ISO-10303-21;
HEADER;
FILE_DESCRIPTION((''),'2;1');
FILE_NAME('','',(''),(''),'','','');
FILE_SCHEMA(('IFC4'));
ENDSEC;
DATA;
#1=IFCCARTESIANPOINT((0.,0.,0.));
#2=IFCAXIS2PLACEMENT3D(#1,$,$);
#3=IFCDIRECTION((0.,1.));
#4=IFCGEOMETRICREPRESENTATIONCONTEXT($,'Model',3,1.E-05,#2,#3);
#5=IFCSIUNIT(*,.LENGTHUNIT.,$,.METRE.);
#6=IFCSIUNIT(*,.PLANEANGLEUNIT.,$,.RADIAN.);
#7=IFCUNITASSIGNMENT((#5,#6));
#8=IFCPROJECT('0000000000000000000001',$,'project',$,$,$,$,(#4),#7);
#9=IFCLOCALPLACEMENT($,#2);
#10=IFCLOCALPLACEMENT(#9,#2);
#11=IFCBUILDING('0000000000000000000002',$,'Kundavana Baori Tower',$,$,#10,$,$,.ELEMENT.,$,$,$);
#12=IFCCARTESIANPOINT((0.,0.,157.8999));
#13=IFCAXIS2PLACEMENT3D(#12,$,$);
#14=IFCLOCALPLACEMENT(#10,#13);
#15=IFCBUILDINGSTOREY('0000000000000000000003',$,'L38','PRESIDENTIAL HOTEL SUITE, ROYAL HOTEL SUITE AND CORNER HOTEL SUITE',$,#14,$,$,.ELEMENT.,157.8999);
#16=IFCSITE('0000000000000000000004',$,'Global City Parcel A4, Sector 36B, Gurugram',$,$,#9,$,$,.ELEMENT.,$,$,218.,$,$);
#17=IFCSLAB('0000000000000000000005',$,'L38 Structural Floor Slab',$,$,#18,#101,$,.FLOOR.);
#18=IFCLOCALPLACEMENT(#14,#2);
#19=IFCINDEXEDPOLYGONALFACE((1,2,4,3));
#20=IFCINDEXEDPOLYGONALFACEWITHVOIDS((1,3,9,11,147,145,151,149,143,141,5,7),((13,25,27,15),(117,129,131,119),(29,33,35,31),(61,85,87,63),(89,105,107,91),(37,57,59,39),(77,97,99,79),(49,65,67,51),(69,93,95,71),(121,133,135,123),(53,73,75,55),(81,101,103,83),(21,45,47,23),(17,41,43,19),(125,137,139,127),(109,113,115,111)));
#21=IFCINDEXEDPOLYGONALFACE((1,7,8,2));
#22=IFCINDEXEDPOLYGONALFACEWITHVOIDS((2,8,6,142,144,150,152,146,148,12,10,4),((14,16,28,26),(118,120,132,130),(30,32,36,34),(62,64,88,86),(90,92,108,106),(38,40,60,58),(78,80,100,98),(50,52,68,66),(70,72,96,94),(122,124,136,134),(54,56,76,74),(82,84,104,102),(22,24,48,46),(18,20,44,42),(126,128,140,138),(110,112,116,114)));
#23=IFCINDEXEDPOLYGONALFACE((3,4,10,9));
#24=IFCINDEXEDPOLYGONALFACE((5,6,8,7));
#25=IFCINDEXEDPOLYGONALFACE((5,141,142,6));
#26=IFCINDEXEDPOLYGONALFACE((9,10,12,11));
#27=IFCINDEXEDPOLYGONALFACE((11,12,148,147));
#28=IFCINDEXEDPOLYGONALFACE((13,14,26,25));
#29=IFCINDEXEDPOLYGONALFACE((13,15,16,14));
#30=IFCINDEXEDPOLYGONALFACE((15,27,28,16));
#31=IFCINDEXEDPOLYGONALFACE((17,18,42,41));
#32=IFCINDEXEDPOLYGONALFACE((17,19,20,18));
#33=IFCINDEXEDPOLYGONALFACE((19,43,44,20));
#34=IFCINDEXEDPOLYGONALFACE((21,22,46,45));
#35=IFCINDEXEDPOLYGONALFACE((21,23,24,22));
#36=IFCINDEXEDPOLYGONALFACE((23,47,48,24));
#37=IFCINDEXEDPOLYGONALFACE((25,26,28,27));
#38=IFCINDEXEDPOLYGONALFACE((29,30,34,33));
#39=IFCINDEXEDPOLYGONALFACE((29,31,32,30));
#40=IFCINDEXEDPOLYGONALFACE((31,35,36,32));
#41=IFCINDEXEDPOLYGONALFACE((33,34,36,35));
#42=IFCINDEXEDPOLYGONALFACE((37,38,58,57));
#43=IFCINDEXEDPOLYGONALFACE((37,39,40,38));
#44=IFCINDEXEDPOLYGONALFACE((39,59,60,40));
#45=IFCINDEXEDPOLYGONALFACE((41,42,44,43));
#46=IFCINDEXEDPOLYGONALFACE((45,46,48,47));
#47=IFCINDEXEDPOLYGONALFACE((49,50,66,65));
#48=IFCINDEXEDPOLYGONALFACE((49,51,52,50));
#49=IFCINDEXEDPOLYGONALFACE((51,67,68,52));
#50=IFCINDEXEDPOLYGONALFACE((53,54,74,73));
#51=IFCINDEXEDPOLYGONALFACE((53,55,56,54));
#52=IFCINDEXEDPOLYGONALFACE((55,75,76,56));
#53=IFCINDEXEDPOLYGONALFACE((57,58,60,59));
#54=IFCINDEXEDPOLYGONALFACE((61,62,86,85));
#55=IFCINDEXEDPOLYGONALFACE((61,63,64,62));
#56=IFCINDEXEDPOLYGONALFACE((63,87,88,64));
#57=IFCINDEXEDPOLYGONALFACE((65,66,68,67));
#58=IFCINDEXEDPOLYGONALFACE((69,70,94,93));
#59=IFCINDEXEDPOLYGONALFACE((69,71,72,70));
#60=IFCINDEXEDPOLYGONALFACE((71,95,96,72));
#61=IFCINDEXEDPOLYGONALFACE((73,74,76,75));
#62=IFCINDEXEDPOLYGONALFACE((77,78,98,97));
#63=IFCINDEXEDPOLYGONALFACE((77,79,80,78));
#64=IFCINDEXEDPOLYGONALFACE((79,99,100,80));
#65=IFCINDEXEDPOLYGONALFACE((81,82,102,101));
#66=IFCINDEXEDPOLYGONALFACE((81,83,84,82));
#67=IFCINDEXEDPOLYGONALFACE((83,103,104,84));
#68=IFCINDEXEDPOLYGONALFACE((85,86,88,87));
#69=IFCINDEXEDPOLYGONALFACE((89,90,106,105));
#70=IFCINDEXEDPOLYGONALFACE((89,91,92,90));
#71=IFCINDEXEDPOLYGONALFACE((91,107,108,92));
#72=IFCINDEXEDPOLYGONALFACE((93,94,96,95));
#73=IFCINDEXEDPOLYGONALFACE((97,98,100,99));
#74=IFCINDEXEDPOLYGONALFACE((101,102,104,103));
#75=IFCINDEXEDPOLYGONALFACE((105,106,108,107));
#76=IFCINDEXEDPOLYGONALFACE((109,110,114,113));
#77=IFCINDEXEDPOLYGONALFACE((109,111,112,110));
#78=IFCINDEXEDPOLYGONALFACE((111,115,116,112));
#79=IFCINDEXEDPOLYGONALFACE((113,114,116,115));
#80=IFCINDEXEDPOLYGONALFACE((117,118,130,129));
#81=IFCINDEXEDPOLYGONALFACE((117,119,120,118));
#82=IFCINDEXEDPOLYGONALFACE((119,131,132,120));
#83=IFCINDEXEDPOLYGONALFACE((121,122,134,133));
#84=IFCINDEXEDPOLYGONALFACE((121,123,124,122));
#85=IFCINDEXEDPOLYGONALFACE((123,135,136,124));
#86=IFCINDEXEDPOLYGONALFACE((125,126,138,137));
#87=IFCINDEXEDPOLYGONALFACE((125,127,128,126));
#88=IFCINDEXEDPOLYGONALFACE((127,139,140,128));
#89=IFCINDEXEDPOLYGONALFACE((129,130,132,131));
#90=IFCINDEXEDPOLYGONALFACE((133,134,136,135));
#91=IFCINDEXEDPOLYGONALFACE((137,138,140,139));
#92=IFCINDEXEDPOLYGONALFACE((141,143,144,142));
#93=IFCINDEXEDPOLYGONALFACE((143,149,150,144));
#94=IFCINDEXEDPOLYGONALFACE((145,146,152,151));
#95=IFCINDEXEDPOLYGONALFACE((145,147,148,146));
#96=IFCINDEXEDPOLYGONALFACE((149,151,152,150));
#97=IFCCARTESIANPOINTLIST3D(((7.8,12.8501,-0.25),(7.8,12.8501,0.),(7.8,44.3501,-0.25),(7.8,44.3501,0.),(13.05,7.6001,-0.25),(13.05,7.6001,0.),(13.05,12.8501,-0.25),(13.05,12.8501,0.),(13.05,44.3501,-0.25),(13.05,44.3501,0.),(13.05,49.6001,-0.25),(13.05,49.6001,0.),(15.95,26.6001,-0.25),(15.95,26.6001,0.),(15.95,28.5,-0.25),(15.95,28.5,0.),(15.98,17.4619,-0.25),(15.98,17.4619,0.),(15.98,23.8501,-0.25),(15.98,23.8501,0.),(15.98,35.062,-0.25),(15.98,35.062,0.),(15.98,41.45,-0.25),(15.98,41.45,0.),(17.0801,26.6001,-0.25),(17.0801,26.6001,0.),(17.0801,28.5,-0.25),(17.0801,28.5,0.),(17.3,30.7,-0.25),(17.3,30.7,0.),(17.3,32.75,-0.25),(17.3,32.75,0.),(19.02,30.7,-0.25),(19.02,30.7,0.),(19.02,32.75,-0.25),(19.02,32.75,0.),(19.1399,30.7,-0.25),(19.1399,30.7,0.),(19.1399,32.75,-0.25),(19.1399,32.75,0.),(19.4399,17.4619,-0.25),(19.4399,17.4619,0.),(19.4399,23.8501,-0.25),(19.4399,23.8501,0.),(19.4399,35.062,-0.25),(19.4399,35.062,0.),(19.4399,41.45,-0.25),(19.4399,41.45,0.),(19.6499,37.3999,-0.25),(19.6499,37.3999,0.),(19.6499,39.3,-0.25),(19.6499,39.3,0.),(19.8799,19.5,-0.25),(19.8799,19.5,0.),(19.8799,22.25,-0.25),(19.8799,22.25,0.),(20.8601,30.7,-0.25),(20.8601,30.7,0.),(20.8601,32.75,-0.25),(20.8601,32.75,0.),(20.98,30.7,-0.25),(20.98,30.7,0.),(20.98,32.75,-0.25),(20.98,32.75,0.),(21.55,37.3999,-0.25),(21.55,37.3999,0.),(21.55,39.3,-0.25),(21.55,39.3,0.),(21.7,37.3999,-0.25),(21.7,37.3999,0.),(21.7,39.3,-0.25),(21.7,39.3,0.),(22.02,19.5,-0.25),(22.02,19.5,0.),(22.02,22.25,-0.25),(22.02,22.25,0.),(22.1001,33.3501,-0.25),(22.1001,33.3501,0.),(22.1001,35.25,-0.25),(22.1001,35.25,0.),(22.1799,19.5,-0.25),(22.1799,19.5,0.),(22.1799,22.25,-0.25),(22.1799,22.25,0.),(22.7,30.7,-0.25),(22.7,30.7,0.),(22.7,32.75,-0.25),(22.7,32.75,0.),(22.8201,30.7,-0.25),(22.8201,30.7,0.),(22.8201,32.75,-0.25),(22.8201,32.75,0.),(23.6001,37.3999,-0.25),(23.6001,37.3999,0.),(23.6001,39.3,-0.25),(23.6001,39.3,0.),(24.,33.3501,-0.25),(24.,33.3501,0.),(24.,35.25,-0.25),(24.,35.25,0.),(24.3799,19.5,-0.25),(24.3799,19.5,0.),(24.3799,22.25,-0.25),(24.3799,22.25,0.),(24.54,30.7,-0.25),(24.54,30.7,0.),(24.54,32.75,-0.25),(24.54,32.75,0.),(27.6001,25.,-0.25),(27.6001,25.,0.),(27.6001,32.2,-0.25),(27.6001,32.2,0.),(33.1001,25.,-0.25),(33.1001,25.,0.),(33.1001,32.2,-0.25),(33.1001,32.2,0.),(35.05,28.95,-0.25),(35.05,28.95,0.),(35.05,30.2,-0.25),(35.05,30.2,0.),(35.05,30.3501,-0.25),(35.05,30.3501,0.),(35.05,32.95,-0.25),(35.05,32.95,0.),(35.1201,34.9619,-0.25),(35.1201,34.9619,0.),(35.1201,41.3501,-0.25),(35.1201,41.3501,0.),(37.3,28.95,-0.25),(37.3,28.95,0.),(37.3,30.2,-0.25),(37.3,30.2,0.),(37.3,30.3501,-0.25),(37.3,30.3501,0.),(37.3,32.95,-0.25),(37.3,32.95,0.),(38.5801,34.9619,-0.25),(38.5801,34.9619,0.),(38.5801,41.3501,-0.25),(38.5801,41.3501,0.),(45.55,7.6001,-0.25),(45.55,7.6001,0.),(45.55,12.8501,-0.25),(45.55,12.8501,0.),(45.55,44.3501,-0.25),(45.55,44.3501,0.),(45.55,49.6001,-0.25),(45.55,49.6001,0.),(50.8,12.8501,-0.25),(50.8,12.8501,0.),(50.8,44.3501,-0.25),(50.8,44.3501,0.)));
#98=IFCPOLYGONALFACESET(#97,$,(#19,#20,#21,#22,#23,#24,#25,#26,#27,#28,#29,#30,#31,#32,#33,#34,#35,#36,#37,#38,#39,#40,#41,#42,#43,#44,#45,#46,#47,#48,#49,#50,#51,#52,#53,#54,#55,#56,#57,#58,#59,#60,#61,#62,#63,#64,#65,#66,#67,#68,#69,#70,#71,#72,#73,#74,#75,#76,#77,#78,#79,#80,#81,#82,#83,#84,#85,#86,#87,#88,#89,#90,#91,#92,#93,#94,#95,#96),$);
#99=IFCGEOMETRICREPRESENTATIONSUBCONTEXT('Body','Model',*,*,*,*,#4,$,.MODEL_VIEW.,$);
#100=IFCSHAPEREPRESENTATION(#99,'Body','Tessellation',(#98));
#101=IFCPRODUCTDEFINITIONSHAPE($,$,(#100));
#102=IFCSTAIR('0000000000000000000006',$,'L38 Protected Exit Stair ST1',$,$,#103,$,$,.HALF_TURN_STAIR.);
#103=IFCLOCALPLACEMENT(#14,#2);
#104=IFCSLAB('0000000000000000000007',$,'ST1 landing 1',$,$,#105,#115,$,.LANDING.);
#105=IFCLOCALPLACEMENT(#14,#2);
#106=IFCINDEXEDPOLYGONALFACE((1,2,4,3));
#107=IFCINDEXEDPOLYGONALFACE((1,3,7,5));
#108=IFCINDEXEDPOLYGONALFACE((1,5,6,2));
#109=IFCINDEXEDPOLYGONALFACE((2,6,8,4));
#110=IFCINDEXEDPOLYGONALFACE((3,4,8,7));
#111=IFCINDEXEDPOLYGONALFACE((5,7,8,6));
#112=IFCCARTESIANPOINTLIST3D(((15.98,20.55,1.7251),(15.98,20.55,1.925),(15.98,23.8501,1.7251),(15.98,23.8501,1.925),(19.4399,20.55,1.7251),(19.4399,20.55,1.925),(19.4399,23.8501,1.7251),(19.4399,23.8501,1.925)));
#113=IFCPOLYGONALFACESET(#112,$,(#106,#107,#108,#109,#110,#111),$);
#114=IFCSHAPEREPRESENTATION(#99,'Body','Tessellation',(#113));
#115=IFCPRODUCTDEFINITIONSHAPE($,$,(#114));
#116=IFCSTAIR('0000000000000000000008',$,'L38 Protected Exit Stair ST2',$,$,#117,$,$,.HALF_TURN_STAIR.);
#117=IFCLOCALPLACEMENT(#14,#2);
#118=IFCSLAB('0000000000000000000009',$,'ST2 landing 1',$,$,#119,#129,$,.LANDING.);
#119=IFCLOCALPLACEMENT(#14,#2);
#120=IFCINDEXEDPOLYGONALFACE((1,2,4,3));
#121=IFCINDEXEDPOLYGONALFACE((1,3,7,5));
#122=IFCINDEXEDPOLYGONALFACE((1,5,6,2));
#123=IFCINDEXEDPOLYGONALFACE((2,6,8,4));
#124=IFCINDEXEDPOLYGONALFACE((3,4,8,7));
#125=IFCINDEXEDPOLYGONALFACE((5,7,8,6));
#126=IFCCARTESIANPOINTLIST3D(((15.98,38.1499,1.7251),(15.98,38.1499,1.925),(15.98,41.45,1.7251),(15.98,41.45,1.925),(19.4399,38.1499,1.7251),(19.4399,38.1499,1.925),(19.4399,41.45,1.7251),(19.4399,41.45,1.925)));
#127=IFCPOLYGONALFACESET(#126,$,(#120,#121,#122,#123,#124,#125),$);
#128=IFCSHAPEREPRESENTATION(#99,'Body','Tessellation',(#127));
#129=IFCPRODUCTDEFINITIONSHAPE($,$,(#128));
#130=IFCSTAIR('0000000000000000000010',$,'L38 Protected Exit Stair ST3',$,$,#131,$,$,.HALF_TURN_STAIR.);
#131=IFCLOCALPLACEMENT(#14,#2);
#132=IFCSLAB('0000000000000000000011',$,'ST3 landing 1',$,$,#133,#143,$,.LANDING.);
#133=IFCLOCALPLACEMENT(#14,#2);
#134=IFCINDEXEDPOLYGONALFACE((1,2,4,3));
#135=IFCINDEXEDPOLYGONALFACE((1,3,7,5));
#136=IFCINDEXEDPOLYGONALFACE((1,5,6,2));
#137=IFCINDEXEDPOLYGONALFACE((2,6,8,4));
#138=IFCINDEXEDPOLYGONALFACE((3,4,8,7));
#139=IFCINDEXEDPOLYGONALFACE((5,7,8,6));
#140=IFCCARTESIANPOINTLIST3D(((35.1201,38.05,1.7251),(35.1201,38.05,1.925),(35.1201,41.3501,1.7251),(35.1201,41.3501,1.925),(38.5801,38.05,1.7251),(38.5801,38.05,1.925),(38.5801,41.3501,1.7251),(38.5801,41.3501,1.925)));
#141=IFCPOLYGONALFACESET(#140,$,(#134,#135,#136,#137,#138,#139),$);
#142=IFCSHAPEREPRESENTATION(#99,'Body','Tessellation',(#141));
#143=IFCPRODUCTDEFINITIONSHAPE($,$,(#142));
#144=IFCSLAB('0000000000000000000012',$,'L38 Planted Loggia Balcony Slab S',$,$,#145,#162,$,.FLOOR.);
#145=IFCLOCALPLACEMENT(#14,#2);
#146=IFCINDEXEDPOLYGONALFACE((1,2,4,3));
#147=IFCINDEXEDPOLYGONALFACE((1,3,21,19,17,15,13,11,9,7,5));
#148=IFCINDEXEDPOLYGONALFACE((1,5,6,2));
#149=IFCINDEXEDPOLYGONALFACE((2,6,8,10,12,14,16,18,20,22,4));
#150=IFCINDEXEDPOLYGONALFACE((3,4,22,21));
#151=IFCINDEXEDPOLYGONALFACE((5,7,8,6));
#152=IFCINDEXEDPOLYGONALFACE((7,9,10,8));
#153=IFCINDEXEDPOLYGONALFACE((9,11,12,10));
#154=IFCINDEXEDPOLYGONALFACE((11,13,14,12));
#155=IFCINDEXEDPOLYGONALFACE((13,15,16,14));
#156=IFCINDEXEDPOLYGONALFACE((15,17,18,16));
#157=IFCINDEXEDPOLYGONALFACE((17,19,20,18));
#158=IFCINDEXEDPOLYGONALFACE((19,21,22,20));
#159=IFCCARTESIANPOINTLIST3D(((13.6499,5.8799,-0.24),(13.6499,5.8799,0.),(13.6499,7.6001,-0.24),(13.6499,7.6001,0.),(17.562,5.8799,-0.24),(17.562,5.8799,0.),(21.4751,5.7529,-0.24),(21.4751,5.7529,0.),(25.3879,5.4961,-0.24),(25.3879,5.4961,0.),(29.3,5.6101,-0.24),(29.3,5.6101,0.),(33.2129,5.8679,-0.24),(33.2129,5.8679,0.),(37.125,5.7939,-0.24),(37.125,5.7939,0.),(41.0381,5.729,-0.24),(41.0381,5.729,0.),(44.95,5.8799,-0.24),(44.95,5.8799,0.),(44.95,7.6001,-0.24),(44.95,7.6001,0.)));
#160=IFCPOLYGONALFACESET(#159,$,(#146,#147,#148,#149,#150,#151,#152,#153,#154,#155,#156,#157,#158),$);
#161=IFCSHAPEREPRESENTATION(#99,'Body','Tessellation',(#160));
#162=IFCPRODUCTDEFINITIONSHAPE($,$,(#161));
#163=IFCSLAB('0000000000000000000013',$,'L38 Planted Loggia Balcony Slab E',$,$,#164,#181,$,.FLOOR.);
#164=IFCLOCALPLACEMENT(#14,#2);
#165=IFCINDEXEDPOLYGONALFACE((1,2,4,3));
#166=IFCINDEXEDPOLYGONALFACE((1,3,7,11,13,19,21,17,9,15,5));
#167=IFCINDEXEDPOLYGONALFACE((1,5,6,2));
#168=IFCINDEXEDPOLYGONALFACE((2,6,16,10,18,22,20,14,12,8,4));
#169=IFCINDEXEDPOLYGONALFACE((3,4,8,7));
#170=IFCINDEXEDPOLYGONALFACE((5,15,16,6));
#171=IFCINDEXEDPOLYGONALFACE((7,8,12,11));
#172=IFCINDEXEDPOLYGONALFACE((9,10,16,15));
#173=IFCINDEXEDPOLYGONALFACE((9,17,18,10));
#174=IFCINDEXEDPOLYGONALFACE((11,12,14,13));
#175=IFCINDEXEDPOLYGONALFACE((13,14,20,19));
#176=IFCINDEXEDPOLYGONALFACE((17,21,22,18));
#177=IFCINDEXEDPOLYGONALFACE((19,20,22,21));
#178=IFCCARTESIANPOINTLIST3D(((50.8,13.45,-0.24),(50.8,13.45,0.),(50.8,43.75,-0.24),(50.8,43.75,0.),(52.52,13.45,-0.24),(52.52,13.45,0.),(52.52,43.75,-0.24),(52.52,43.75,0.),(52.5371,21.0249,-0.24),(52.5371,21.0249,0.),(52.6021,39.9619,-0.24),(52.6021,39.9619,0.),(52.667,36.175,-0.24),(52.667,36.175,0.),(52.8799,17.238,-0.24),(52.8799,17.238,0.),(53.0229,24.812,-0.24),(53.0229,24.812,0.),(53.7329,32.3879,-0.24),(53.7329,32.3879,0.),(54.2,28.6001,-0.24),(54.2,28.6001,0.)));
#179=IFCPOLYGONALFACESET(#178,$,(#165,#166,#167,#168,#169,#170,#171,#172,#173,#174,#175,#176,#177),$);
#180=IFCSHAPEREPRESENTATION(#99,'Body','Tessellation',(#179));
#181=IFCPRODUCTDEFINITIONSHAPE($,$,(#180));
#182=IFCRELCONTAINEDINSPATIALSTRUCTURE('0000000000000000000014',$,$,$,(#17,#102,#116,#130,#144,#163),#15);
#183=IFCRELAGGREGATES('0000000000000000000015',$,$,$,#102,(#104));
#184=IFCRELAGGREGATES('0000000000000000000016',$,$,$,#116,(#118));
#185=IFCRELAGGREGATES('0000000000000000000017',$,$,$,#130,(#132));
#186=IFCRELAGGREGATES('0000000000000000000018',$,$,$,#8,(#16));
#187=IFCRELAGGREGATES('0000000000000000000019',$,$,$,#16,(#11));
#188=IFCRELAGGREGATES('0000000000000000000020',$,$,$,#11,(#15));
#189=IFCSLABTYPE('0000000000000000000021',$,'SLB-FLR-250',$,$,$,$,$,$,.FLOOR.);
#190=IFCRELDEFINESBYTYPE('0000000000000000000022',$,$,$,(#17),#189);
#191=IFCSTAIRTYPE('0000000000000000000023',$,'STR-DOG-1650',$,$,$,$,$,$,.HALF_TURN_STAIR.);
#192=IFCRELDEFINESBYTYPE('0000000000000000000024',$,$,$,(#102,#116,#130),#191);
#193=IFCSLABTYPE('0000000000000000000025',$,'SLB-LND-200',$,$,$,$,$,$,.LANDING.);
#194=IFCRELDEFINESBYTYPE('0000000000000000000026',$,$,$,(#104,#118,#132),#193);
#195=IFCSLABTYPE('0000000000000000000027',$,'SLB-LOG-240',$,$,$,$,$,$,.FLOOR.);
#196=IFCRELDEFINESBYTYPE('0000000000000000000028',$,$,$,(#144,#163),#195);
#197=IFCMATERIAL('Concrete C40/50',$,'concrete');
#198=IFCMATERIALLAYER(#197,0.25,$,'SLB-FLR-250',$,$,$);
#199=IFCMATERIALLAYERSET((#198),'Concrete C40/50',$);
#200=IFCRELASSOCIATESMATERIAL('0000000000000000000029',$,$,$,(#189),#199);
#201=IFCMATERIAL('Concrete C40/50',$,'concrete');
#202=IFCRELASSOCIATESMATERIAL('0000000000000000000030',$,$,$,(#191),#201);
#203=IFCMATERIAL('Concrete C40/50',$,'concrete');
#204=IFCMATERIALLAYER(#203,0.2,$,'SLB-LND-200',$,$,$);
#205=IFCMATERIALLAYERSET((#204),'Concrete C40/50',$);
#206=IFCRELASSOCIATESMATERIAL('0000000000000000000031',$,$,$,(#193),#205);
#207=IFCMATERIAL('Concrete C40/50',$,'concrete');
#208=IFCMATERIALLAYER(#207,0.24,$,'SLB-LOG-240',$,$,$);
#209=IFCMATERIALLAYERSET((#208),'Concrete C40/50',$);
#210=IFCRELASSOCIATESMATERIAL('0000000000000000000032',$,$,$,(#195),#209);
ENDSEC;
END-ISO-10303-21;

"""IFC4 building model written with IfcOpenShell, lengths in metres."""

from ifc_helpers import new_model, si_unit, direction, frame, origin, place, context, subcontext, project, spatial, polyline, outline, extrude, material, layer, layer_set, type_object, element, aggregate, save


model = new_model("IFC4")

# Units and contexts
model_context = context("Model", 3, precision=1e-05, world=origin(), true_north=direction((0.0, 1.0)))
body_context = subcontext(model_context, "Body", "Model", "MODEL_VIEW")
ifc_project = project(units=[si_unit("LENGTHUNIT", "METRE"), si_unit("PLANEANGLEUNIT", "RADIAN")], contexts=[model_context])

# Site, building, storey
site_placement = place(None, origin())
site = spatial("IfcSite", under=ifc_project, at=site_placement, Name="Global City Parcel A4, Sector 36B, Gurugram", CompositionType="ELEMENT", RefElevation=218.0)
building_placement = place(site_placement, origin())
building = spatial("IfcBuilding", under=site, at=building_placement, Name="Kundavana Baori Tower", CompositionType="ELEMENT")
storey_placement = place(building_placement, frame((0.0, 0.0, 157.8999)))
storey = spatial("IfcBuildingStorey", under=building, at=storey_placement, Name="L38", Description="PRESIDENTIAL HOTEL SUITE, ROYAL HOTEL SUITE AND CORNER HOTEL SUITE", CompositionType="ELEMENT", Elevation=157.8999)

# Slab
ifc_material_1 = material(Name="Concrete C40/50", Category="concrete")
ifc_layer_1 = layer(ifc_material_1, 0.25, Name="SLB-FLR-250")
ifc_layer_set_1 = layer_set([ifc_layer_1], Name="Concrete C40/50")
slab_type_1 = type_object("IfcSlabType", Name="SLB-FLR-250", PredefinedType="FLOOR", material=ifc_layer_set_1)
slab_1_placement = place(storey_placement, frame((0.0, 0.0, -0.25)))
element("IfcSlab", 1, at=slab_1_placement, inside=storey, type_object=slab_type_1, Name="L38 Structural Floor Slab", PredefinedType="FLOOR", context=body_context, shape_type="SweptSolid", body=[
    extrude(outline(polyline([(13.05, 7.6001), (45.55, 7.6001), (45.55, 12.8501), (50.8, 12.8501), (50.8, 44.3501), (45.55, 44.3501), (45.55, 49.6001), (13.05, 49.6001), (13.05, 44.3501), (7.8, 44.3501), (7.8, 12.8501), (13.05, 12.8501), (13.05, 7.6001)]), holes=[polyline([(19.4399, 17.4619), (19.4399, 23.8501), (15.98, 23.8501), (15.98, 17.4619), (19.4399, 17.4619)]), polyline([(19.4399, 35.062), (19.4399, 41.45), (15.98, 41.45), (15.98, 35.062), (19.4399, 35.062)]), polyline([(38.5801, 34.9619), (38.5801, 41.3501), (35.1201, 41.3501), (35.1201, 34.9619), (38.5801, 34.9619)]), polyline([(17.3, 30.7), (19.02, 30.7), (19.02, 32.75), (17.3, 32.75), (17.3, 30.7)]), polyline([(19.1399, 30.7), (20.8601, 30.7), (20.8601, 32.75), (19.1399, 32.75), (19.1399, 30.7)]), polyline([(20.98, 30.7), (22.7, 30.7), (22.7, 32.75), (20.98, 32.75), (20.98, 30.7)]), polyline([(22.8201, 30.7), (24.54, 30.7), (24.54, 32.75), (22.8201, 32.75), (22.8201, 30.7)]), polyline([(19.6499, 37.3999), (21.55, 37.3999), (21.55, 39.3), (19.6499, 39.3), (19.6499, 37.3999)]), polyline([(21.7, 37.3999), (23.6001, 37.3999), (23.6001, 39.3), (21.7, 39.3), (21.7, 37.3999)]), polyline([(22.1001, 33.3501), (24.0, 33.3501), (24.0, 35.25), (22.1001, 35.25), (22.1001, 33.3501)]), polyline([(19.8799, 19.5), (22.02, 19.5), (22.02, 22.25), (19.8799, 22.25), (19.8799, 19.5)]), polyline([(22.1799, 19.5), (24.3799, 19.5), (24.3799, 22.25), (22.1799, 22.25), (22.1799, 19.5)]), polyline([(35.05, 30.3501), (37.3, 30.3501), (37.3, 32.95), (35.05, 32.95), (35.05, 30.3501)]), polyline([(15.95, 26.6001), (17.0801, 26.6001), (17.0801, 28.5), (15.95, 28.5), (15.95, 26.6001)]), polyline([(35.05, 28.95), (37.3, 28.95), (37.3, 30.2), (35.05, 30.2), (35.05, 28.95)]), polyline([(27.6001, 25.0), (33.1001, 25.0), (33.1001, 32.2), (27.6001, 32.2), (27.6001, 25.0)])]), origin(), (0.0, 0.0, 1.0), 0.25),
])

# Stairs, slabs
ifc_material_2 = material(Name="Concrete C40/50", Category="concrete")
stair_type = type_object("IfcStairType", Name="STR-DOG-1650", PredefinedType="HALF_TURN_STAIR", material=ifc_material_2)
stair_1_placement = place(storey_placement, origin())
stair_1 = element("IfcStair", 2, at=stair_1_placement, inside=storey, type_object=stair_type, Name="L38 Protected Exit Stair ST1", PredefinedType="HALF_TURN_STAIR")
ifc_material_3 = material(Name="Concrete C40/50", Category="concrete")
ifc_layer_2 = layer(ifc_material_3, 0.2, Name="SLB-LND-200")
ifc_layer_set_2 = layer_set([ifc_layer_2], Name="Concrete C40/50")
slab_type_2 = type_object("IfcSlabType", Name="SLB-LND-200", PredefinedType="LANDING", material=ifc_layer_set_2)
slab_2_placement = place(storey_placement, frame((0.0, 0.0, 1.7251)))
slab_2 = element("IfcSlab", 3, at=slab_2_placement, type_object=slab_type_2, Name="ST1 landing 1", PredefinedType="LANDING", context=body_context, shape_type="SweptSolid", body=[
    extrude(outline(polyline([(19.4399, 20.55), (19.4399, 23.8501), (15.98, 23.8501), (15.98, 20.55), (19.4399, 20.55)])), origin(), (0.0, 0.0, 1.0), 0.2),
])
aggregate(stair_1, [slab_2])
stair_2_placement = place(storey_placement, origin())
stair_2 = element("IfcStair", 4, at=stair_2_placement, inside=storey, type_object=stair_type, Name="L38 Protected Exit Stair ST2", PredefinedType="HALF_TURN_STAIR")
slab_3_placement = place(storey_placement, frame((0.0, 0.0, 1.7251)))
slab_3 = element("IfcSlab", 5, at=slab_3_placement, type_object=slab_type_2, Name="ST2 landing 1", PredefinedType="LANDING", context=body_context, shape_type="SweptSolid", body=[
    extrude(outline(polyline([(19.4399, 38.1499), (19.4399, 41.45), (15.98, 41.45), (15.98, 38.1499), (19.4399, 38.1499)])), origin(), (0.0, 0.0, 1.0), 0.2),
])
aggregate(stair_2, [slab_3])
stair_3_placement = place(storey_placement, origin())
stair_3 = element("IfcStair", 6, at=stair_3_placement, inside=storey, type_object=stair_type, Name="L38 Protected Exit Stair ST3", PredefinedType="HALF_TURN_STAIR")
slab_4_placement = place(storey_placement, frame((0.0, 0.0, 1.7251)))
slab_4 = element("IfcSlab", 7, at=slab_4_placement, type_object=slab_type_2, Name="ST3 landing 1", PredefinedType="LANDING", context=body_context, shape_type="SweptSolid", body=[
    extrude(outline(polyline([(38.5801, 38.05), (38.5801, 41.3501), (35.1201, 41.3501), (35.1201, 38.05), (38.5801, 38.05)])), origin(), (0.0, 0.0, 1.0), 0.2),
])
aggregate(stair_3, [slab_4])

# Slabs
ifc_material_4 = material(Name="Concrete C40/50", Category="concrete")
ifc_layer_3 = layer(ifc_material_4, 0.24, Name="SLB-LOG-240")
ifc_layer_set_3 = layer_set([ifc_layer_3], Name="Concrete C40/50")
slab_type_3 = type_object("IfcSlabType", Name="SLB-LOG-240", PredefinedType="FLOOR", material=ifc_layer_set_3)
slab_5_placement = place(storey_placement, frame((0.0, 0.0, -0.24)))
element("IfcSlab", 8, at=slab_5_placement, inside=storey, type_object=slab_type_3, Name="L38 Planted Loggia Balcony Slab S", PredefinedType="FLOOR", context=body_context, shape_type="SweptSolid", body=[
    extrude(outline(polyline([(13.6499, 7.6001), (44.95, 7.6001), (44.95, 5.8799), (41.0381, 5.729), (37.125, 5.7939), (33.2129, 5.8679), (29.3, 5.6101), (25.3879, 5.4961), (21.4751, 5.7529), (17.562, 5.8799), (13.6499, 5.8799), (13.6499, 7.6001)])), origin(), (0.0, 0.0, 1.0), 0.24),
])
slab_6_placement = place(storey_placement, frame((0.0, 0.0, -0.24)))
element("IfcSlab", 9, at=slab_6_placement, inside=storey, type_object=slab_type_3, Name="L38 Planted Loggia Balcony Slab E", PredefinedType="FLOOR", context=body_context, shape_type="SweptSolid", body=[
    extrude(outline(polyline([(50.8, 13.45), (50.8, 43.75), (52.52, 43.75), (52.6021, 39.9619), (52.667, 36.175), (53.7329, 32.3879), (54.2, 28.6001), (53.0229, 24.812), (52.5371, 21.0249), (52.8799, 17.238), (52.52, 13.45), (50.8, 13.45)])), origin(), (0.0, 0.0, 1.0), 0.24),
])

save(model, "model.ifc")
